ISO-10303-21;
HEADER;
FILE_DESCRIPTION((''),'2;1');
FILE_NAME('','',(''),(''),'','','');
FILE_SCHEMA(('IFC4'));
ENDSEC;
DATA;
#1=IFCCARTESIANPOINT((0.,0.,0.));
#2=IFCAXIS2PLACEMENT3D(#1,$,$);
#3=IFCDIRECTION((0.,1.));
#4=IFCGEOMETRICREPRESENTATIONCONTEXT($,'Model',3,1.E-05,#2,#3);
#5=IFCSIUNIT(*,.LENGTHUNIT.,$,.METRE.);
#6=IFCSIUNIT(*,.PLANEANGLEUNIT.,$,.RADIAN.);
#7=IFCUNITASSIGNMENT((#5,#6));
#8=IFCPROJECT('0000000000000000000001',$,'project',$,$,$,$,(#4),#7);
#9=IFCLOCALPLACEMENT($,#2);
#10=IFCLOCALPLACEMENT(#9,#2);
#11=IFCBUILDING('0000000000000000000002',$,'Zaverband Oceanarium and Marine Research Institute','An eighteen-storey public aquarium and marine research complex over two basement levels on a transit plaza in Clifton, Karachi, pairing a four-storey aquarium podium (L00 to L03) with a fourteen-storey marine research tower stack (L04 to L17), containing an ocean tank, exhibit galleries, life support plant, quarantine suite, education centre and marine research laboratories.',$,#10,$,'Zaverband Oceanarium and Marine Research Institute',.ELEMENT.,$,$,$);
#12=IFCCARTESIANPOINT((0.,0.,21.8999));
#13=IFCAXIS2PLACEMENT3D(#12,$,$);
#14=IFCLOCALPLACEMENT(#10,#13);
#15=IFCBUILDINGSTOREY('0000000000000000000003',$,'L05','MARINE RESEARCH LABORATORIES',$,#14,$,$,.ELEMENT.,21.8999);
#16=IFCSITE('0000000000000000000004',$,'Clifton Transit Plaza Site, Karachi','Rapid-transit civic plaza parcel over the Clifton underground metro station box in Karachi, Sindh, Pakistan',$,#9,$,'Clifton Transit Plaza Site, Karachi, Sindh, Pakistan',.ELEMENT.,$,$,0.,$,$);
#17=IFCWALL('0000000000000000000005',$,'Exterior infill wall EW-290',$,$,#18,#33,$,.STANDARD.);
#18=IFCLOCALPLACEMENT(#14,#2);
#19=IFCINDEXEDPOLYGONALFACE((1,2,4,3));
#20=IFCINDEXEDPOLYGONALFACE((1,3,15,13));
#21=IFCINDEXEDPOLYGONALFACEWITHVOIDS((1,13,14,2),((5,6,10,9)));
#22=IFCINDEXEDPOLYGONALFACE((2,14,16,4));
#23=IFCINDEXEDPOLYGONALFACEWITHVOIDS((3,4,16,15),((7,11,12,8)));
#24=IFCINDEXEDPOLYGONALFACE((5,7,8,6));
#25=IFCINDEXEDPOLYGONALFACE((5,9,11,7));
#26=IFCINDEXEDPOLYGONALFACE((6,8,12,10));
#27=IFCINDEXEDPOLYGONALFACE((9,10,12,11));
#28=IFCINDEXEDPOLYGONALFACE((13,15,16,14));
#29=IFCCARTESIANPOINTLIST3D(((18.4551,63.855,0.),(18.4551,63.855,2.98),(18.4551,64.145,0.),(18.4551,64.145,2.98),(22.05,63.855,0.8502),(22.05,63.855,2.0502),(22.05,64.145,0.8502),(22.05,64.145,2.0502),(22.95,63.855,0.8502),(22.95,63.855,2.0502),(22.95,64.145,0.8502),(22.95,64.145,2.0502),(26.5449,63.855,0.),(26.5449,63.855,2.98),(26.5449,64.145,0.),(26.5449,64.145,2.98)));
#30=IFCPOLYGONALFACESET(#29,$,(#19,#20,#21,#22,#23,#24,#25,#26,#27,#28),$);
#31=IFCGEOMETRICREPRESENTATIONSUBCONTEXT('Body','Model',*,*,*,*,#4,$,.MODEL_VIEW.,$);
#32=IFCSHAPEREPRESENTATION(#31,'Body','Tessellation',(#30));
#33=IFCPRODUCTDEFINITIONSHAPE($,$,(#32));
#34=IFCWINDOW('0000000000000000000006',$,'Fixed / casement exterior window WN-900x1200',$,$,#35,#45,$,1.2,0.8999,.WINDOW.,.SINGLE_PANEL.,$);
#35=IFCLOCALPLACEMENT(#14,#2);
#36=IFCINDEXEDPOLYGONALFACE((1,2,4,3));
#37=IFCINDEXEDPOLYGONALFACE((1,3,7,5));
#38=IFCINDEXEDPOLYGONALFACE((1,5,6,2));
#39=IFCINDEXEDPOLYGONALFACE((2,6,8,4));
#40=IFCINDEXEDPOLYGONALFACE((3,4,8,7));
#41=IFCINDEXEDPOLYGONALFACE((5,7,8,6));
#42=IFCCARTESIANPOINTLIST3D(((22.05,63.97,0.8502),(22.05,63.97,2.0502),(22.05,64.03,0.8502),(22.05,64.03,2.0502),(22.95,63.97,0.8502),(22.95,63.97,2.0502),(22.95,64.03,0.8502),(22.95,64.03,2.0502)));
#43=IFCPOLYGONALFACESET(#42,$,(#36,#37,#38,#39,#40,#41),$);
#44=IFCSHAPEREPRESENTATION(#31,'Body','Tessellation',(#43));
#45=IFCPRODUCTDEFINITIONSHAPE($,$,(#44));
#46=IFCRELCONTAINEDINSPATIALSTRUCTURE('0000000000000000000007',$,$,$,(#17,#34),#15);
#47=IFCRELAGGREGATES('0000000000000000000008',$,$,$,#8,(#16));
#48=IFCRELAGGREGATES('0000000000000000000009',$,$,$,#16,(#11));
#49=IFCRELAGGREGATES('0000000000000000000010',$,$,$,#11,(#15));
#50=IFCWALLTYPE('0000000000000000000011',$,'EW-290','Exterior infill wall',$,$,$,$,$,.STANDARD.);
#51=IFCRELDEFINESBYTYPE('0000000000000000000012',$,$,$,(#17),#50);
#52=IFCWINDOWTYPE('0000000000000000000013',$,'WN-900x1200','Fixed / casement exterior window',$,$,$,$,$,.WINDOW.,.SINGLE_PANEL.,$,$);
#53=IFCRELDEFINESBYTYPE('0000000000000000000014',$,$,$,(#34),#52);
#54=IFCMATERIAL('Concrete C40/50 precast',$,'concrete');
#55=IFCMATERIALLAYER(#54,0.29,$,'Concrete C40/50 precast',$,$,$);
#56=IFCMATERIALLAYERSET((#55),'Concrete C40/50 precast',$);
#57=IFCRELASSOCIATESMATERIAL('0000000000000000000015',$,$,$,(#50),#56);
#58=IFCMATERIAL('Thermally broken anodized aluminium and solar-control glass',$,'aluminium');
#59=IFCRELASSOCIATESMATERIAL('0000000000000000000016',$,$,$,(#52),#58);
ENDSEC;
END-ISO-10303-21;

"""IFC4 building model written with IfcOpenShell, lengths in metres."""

from ifc_helpers import new_model, si_unit, direction, frame, frame_2d, origin, place, context, subcontext, project, spatial, rectangle, extrude, material, layer, layer_set, type_object, element, fill, save


model = new_model("IFC4")

# Units and contexts
model_context = context("Model", 3, precision=1e-05, world=origin(), true_north=direction((0.0, 1.0)))
body_context = subcontext(model_context, "Body", "Model", "MODEL_VIEW")
ifc_project = project(units=[si_unit("LENGTHUNIT", "METRE"), si_unit("PLANEANGLEUNIT", "RADIAN")], contexts=[model_context])

# Site, building, storey
site_placement = place(None, origin())
site = spatial("IfcSite", under=ifc_project, at=site_placement, Name="Clifton Transit Plaza Site, Karachi", Description="Rapid-transit civic plaza parcel over the Clifton underground metro station box in Karachi, Sindh, Pakistan", LongName="Clifton Transit Plaza Site, Karachi, Sindh, Pakistan", CompositionType="ELEMENT", RefElevation=0.0)
building_placement = place(site_placement, origin())
building = spatial("IfcBuilding", under=site, at=building_placement, Name="Zaverband Oceanarium and Marine Research Institute", Description="An eighteen-storey public aquarium and marine research complex over two basement levels on a transit plaza in Clifton, Karachi, pairing a four-storey aquarium podium (L00 to L03) with a fourteen-storey marine research tower stack (L04 to L17), containing an ocean tank, exhibit galleries, life support plant, quarantine suite, education centre and marine research laboratories.", LongName="Zaverband Oceanarium and Marine Research Institute", CompositionType="ELEMENT")
storey_placement = place(building_placement, frame((0.0, 0.0, 21.8999)))
storey = spatial("IfcBuildingStorey", under=building, at=storey_placement, Name="L05", Description="MARINE RESEARCH LABORATORIES", CompositionType="ELEMENT", Elevation=21.8999)

# Shared definitions
ifc_material_1 = material(Name="Thermally broken anodized aluminium and solar-control glass", Category="aluminium")

# Wall, opening, window
ifc_material_2 = material(Name="Concrete C40/50 precast", Category="concrete")
ifc_layer_1 = layer(ifc_material_2, 0.29, Name="Concrete C40/50 precast")
ifc_layer_set_1 = layer_set([ifc_layer_1], Name="Concrete C40/50 precast")
wall_type = type_object("IfcWallType", Name="EW-290", Description="Exterior infill wall", PredefinedType="STANDARD", material=ifc_layer_set_1)
wall_placement = place(storey_placement, frame((18.4551, 64.0, 0.0), z_axis=(0.0, 0.0, 1.0), x_axis=(1.0, 0.0, 0.0)))
wall = element("IfcWall", 1, at=wall_placement, inside=storey, type_object=wall_type, Name="Exterior infill wall EW-290", PredefinedType="STANDARD", context=body_context, shape_type="SweptSolid", body=[
    extrude(rectangle(XDim=8.0898, YDim=0.29, at=frame_2d((4.0449, 0.0))), origin(), (0.0, 0.0, 1.0), 2.98),
])
opening_placement = place(wall_placement, frame((3.595, 0.0, 0.8501)))
opening = element("IfcOpeningElement", 2, at=opening_placement, cuts=wall, PredefinedType="OPENING", context=body_context, shape_type="SweptSolid", body=[
    extrude(rectangle(XDim=0.8999, YDim=1.2, at=frame_2d((0.45, 0.6001))), frame((0.0, 0.157, 0.0), z_axis=(0.0, -1.0, 0.0), x_axis=(1.0, 0.0, 0.0)), (0.0, 0.0, 1.0), 0.314),
])
window_type = type_object("IfcWindowType", Name="WN-900x1200", Description="Fixed / casement exterior window", PartitioningType="SINGLE_PANEL", PredefinedType="WINDOW", material=ifc_material_1)
window_placement = place(opening_placement, origin())
window = element("IfcWindow", 3, at=window_placement, inside=storey, type_object=window_type, Name="Fixed / casement exterior window WN-900x1200", OverallHeight=1.2, OverallWidth=0.8999, PartitioningType="SINGLE_PANEL", PredefinedType="WINDOW", context=body_context, shape_type="SweptSolid", body=[
    extrude(rectangle(XDim=0.8999, YDim=1.2, at=frame_2d((0.45, 0.6001))), frame((0.0, 0.03, 0.0), z_axis=(0.0, -1.0, 0.0), x_axis=(1.0, 0.0, 0.0)), (0.0, 0.0, 1.0), 0.0601),
])
fill(opening, window)

save(model, "model.ifc")
